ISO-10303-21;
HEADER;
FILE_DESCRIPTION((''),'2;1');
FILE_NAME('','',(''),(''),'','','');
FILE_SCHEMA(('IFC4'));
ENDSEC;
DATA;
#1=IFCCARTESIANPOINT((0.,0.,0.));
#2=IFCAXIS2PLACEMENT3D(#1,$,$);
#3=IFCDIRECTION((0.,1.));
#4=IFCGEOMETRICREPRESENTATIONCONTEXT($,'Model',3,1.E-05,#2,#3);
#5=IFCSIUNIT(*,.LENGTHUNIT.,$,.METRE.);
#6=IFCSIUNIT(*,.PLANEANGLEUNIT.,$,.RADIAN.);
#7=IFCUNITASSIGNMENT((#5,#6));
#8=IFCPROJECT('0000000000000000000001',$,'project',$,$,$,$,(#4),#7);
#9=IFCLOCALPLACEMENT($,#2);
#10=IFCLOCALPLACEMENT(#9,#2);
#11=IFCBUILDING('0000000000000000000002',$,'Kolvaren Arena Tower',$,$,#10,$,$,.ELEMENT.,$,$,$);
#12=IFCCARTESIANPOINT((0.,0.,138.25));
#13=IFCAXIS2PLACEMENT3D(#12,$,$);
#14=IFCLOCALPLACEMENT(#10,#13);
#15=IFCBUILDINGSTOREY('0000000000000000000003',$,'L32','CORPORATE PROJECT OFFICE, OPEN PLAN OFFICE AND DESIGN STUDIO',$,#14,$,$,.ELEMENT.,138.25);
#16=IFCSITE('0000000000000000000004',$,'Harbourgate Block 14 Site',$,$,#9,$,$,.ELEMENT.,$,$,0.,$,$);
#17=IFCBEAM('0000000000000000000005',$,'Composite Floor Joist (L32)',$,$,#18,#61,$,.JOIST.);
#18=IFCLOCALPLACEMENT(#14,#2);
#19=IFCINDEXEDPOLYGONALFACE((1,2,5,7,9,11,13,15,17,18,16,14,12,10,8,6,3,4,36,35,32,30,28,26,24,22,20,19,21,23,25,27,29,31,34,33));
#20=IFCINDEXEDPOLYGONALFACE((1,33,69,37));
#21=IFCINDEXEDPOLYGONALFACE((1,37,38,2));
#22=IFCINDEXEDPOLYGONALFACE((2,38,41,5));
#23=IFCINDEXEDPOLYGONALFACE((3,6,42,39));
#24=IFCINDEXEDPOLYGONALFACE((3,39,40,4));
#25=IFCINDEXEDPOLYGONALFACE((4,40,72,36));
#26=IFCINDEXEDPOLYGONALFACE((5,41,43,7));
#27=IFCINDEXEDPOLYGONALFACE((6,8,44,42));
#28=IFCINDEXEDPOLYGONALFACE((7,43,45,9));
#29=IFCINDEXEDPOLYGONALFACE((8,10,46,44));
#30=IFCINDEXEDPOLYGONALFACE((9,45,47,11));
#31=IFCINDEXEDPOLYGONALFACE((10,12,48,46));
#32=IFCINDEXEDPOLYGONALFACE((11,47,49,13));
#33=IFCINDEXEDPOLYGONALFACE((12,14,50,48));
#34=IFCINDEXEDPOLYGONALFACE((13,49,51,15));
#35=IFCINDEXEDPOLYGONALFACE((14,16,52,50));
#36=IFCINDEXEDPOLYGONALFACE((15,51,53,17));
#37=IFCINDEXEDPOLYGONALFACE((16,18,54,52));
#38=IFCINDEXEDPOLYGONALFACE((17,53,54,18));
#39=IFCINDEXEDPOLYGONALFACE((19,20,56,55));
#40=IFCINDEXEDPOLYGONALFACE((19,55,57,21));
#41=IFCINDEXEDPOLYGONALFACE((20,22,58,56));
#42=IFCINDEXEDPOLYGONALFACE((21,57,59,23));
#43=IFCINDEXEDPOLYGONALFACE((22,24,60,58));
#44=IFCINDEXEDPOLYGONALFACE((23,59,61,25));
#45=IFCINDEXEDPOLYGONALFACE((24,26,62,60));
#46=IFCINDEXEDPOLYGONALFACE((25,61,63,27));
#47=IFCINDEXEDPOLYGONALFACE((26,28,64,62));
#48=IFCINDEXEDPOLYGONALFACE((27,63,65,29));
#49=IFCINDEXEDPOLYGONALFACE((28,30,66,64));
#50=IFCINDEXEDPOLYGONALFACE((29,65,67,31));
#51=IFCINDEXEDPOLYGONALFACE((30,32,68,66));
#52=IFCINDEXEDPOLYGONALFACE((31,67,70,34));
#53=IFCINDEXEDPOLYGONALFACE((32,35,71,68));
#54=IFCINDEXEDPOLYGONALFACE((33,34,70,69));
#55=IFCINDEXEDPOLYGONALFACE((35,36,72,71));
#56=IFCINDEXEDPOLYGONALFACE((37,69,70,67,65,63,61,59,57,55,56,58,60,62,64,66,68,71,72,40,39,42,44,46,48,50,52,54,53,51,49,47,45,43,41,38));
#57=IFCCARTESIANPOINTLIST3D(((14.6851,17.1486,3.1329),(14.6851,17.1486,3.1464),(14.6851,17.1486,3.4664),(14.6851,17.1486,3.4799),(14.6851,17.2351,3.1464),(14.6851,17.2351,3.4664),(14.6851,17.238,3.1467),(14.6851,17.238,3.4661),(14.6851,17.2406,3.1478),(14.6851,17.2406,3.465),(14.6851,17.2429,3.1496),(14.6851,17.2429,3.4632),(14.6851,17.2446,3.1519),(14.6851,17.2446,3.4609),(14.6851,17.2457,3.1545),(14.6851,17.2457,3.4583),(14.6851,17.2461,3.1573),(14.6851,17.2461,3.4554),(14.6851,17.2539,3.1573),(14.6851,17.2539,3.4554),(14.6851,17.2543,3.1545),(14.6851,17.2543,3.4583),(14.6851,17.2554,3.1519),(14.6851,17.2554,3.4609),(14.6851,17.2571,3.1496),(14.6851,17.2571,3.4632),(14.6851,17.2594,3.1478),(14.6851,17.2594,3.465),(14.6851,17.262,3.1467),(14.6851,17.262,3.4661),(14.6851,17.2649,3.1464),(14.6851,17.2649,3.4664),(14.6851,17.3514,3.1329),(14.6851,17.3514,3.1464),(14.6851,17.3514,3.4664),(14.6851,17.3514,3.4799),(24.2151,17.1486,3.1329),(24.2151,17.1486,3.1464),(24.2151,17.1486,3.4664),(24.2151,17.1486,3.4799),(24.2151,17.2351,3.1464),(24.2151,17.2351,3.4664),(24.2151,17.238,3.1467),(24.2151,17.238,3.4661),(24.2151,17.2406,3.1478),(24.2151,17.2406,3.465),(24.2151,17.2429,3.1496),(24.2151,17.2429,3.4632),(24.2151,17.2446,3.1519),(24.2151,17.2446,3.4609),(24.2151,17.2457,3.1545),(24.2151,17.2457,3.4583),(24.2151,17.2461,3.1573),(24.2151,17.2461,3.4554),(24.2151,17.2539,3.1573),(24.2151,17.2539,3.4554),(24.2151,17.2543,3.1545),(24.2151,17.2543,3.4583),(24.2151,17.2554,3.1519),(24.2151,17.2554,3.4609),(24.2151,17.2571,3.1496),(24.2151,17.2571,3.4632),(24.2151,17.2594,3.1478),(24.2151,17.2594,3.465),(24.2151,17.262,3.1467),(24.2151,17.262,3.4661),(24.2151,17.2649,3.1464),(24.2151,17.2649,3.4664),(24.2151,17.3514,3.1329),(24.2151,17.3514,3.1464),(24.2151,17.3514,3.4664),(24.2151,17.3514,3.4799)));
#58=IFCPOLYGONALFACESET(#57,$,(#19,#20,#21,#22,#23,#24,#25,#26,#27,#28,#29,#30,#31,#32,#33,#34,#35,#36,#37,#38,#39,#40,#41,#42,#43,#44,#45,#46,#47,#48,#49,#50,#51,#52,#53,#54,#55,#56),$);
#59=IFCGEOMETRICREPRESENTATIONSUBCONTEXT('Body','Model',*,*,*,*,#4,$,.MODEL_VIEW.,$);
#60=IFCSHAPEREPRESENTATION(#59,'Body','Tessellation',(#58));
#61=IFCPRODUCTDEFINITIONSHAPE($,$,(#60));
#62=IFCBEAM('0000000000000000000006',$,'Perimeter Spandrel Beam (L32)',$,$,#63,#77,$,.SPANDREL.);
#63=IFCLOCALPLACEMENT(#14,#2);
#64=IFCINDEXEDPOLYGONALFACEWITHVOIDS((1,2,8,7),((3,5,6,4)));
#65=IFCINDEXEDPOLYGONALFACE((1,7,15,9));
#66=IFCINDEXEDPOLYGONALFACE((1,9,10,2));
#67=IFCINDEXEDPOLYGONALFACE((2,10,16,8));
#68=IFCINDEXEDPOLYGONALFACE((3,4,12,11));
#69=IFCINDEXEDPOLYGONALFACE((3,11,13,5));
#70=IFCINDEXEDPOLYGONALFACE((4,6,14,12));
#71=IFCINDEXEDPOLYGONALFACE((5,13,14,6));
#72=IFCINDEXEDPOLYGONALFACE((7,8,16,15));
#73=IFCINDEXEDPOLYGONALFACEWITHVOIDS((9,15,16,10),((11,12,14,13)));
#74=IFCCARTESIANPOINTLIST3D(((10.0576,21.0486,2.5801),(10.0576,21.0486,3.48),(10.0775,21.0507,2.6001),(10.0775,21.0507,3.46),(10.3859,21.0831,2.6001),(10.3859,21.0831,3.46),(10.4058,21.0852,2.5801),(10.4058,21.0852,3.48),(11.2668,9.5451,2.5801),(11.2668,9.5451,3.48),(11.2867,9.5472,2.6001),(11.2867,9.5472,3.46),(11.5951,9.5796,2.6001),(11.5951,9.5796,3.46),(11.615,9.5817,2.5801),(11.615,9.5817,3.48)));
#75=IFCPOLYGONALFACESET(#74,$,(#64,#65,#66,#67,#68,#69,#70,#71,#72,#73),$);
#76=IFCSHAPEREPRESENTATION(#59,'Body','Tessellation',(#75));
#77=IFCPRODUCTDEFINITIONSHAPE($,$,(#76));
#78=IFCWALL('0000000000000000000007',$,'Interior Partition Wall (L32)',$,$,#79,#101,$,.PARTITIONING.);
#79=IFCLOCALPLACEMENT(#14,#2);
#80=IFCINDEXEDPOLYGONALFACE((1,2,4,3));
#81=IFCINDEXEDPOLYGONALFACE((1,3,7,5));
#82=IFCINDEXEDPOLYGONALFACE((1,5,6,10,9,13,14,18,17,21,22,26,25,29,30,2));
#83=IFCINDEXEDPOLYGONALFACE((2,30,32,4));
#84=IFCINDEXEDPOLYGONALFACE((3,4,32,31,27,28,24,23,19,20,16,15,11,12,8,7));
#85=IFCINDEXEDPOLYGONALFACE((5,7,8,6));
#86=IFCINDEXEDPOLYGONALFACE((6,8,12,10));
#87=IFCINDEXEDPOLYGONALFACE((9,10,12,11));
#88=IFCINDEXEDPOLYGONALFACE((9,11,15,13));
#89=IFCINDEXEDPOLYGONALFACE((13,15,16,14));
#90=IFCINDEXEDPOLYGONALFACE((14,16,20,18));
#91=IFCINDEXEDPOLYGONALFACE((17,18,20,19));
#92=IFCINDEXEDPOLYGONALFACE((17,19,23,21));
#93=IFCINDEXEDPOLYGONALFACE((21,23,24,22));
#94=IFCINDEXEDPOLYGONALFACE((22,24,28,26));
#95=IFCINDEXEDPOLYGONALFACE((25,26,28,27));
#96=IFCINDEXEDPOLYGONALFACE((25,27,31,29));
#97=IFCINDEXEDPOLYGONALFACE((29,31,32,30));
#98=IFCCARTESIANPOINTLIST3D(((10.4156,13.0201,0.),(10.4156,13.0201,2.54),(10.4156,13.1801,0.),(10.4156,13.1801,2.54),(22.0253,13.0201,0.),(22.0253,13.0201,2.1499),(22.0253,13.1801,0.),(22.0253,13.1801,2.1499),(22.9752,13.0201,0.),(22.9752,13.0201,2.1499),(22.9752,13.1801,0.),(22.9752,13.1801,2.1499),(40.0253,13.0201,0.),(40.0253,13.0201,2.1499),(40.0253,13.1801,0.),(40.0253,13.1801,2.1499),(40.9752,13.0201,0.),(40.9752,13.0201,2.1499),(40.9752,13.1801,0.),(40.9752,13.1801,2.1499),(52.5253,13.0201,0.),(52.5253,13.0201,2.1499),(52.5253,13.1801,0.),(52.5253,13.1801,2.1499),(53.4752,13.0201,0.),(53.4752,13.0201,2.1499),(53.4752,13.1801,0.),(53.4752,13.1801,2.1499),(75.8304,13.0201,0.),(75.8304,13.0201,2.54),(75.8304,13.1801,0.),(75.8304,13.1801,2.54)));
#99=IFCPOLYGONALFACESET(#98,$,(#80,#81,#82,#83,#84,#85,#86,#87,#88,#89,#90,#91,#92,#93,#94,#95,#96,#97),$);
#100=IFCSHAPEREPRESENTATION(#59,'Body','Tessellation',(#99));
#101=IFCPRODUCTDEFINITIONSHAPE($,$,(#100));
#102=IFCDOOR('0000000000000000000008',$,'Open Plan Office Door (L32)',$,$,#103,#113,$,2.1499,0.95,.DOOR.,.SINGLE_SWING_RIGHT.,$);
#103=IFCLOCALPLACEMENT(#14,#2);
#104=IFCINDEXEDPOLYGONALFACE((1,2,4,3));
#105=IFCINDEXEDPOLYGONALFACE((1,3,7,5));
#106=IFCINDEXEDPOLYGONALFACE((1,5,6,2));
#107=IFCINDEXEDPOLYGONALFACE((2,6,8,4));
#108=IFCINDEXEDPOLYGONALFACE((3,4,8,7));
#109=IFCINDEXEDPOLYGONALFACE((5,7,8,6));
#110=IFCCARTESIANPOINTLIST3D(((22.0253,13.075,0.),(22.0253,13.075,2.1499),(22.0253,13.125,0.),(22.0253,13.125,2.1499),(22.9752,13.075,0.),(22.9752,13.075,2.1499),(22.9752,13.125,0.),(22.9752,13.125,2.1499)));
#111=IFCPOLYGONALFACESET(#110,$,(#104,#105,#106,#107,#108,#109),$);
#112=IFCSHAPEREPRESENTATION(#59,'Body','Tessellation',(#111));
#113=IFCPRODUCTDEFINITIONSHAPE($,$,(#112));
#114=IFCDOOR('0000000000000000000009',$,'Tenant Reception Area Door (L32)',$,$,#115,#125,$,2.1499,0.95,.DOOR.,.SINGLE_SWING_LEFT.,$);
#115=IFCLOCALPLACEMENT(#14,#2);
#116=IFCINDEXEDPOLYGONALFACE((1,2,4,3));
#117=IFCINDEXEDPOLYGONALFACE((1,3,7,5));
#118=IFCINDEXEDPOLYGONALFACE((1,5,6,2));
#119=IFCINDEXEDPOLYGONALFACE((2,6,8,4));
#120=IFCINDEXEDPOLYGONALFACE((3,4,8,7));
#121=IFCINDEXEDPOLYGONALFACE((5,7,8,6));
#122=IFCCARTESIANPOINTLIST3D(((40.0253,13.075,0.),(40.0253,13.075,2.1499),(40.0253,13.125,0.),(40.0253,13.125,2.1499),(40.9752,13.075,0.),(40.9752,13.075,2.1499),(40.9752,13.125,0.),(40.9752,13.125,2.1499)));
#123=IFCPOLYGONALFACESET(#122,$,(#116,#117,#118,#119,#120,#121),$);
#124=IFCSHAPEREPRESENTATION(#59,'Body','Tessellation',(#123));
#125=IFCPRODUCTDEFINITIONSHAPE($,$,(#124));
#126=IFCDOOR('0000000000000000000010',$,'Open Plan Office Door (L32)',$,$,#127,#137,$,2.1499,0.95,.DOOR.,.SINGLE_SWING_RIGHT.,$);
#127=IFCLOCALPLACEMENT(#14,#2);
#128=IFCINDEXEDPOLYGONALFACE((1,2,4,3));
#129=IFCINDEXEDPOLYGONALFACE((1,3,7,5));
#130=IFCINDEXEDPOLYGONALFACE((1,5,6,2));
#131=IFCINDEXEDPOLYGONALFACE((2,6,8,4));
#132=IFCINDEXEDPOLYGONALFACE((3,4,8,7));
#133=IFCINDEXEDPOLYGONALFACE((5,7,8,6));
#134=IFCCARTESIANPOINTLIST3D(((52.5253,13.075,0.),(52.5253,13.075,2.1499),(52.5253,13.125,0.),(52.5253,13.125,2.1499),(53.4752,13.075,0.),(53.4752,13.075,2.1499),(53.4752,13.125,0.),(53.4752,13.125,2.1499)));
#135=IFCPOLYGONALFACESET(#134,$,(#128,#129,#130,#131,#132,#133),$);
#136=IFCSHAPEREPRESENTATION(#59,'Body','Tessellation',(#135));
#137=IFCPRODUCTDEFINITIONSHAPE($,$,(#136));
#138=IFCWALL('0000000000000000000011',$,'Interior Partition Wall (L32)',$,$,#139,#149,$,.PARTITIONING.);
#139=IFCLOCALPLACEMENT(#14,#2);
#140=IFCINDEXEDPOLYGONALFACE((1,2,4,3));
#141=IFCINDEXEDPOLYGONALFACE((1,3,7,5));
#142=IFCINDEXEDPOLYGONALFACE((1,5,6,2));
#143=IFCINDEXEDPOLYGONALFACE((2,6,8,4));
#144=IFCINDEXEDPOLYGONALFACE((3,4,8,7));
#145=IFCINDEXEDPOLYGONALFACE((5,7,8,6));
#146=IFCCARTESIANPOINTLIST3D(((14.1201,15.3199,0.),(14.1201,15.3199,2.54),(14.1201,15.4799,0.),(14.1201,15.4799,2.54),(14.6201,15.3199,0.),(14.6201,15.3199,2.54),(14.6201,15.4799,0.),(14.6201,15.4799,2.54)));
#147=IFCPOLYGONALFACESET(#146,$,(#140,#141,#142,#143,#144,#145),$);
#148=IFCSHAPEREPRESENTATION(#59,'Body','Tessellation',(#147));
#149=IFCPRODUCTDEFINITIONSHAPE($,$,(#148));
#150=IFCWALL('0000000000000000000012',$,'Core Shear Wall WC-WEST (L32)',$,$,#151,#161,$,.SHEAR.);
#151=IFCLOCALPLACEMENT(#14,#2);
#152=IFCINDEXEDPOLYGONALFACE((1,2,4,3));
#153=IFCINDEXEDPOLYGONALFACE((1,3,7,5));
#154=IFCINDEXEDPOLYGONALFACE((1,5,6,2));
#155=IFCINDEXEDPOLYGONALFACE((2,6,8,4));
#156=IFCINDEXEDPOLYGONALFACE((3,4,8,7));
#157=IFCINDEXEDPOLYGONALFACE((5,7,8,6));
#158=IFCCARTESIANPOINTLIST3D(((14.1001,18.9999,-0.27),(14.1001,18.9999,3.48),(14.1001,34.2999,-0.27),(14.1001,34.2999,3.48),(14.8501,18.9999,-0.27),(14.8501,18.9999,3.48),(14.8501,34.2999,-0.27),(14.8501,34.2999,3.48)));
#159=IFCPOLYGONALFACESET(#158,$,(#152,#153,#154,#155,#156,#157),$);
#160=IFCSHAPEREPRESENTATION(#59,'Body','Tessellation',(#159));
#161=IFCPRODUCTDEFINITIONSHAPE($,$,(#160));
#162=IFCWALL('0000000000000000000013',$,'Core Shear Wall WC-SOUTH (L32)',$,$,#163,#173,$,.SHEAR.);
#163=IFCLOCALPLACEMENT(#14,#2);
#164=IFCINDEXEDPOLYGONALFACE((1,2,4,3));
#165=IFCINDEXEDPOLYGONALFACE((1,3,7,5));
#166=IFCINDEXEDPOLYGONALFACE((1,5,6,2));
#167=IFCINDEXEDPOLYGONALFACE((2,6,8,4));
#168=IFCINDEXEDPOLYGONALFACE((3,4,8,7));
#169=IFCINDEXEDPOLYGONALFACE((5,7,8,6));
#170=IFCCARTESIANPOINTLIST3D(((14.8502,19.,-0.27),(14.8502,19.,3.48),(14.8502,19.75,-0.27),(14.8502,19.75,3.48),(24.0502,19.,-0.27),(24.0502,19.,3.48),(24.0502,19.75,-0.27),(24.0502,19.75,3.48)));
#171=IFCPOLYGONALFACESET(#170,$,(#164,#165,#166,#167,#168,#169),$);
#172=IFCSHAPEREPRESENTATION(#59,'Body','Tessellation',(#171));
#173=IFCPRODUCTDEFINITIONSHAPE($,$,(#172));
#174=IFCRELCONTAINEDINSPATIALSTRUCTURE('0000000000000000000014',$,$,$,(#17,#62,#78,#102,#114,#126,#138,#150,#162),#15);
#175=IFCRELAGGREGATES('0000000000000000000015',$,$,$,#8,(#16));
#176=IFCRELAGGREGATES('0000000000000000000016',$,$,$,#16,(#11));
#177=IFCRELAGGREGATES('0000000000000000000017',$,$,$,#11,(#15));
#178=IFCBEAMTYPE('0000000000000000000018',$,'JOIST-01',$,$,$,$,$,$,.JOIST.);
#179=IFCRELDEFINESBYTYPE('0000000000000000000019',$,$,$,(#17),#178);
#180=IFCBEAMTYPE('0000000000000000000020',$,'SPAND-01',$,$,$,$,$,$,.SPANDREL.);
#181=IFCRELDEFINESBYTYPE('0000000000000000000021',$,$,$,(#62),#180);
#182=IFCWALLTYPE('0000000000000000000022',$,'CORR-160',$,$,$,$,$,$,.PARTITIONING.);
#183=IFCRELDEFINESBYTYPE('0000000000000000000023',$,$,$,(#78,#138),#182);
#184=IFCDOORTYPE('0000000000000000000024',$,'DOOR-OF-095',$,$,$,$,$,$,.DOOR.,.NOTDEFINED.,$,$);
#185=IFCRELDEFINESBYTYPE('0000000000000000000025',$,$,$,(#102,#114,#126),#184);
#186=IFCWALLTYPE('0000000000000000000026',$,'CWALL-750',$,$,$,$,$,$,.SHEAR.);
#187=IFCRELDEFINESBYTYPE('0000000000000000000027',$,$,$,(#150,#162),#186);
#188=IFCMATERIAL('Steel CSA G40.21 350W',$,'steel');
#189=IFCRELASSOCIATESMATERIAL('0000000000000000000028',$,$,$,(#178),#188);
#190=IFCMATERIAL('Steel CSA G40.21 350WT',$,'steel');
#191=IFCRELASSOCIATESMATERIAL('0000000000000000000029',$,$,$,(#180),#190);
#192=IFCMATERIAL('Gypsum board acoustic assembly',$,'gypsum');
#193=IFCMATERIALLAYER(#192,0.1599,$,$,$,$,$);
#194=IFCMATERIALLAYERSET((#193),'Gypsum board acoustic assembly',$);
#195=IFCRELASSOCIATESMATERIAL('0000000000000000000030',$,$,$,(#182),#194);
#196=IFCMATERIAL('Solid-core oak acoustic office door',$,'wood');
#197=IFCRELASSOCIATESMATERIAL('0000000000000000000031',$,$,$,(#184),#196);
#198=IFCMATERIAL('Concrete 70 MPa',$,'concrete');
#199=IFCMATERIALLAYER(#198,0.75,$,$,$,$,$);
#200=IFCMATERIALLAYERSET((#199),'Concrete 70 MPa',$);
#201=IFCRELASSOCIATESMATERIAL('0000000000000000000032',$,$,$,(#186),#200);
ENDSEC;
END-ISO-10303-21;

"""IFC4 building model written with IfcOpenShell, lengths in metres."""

from ifc_helpers import new_model, si_unit, direction, frame, frame_2d, origin, origin_2d, place, context, subcontext, project, spatial, rectangle, hollow_rectangle, i_section, extrude, material, layer, layer_set, material_profile, profile_set, type_object, element, fill, save


model = new_model("IFC4")

# Units and contexts
model_context = context("Model", 3, precision=1e-05, world=origin(), true_north=direction((0.0, 1.0)))
body_context = subcontext(model_context, "Body", "Model", "MODEL_VIEW")
ifc_project = project(units=[si_unit("LENGTHUNIT", "METRE"), si_unit("PLANEANGLEUNIT", "RADIAN")], contexts=[model_context])

# Site, building, storey
site_placement = place(None, origin())
site = spatial("IfcSite", under=ifc_project, at=site_placement, Name="Harbourgate Block 14 Site", CompositionType="ELEMENT", RefElevation=0.0)
building_placement = place(site_placement, origin())
building = spatial("IfcBuilding", under=site, at=building_placement, Name="Kolvaren Arena Tower", CompositionType="ELEMENT")
storey_placement = place(building_placement, frame((0.0, 0.0, 138.25)))
storey = spatial("IfcBuildingStorey", under=building, at=storey_placement, Name="L32", Description="CORPORATE PROJECT OFFICE, OPEN PLAN OFFICE AND DESIGN STUDIO", CompositionType="ELEMENT", Elevation=138.25)

# Beams
ifc_material_1 = material(Name="Steel CSA G40.21 350W", Category="steel")
ifc_material_profile_1 = material_profile(ifc_material_1, i_section(OverallWidth=0.2029, OverallDepth=0.3469, WebThickness=0.0078, FlangeThickness=0.0134, FilletRadius=0.011, at=origin_2d()), Name="W360x64")
ifc_profile_set_1 = profile_set([ifc_material_profile_1], Name="Steel CSA G40.21 350W")
beam_type_1 = type_object("IfcBeamType", Name="JOIST-01", PredefinedType="JOIST", material=ifc_profile_set_1)
beam_1_placement = place(storey_placement, frame((14.6851, 17.25, 3.3064), z_axis=(1.0, 0.0, 0.0), x_axis=(0.0, 1.0, 0.0)))
element("IfcBeam", 1, at=beam_1_placement, inside=storey, type_object=beam_type_1, Name="Composite Floor Joist (L32)", PredefinedType="JOIST", context=body_context, shape_type="SweptSolid", body=[
    extrude(i_section(OverallWidth=0.2029, OverallDepth=0.3469, WebThickness=0.0078, FlangeThickness=0.0134, FilletRadius=0.011, at=origin_2d()), origin(), (0.0, 0.0, 1.0), 9.53),
])
ifc_material_2 = material(Name="Steel CSA G40.21 350WT", Category="steel")
ifc_material_profile_2 = material_profile(ifc_material_2, hollow_rectangle(XDim=0.3501, YDim=0.8999, WallThickness=0.02, at=origin_2d()), Name="HSS 900x350x20")
ifc_profile_set_2 = profile_set([ifc_material_profile_2], Name="Steel CSA G40.21 350WT")
beam_type_2 = type_object("IfcBeamType", Name="SPAND-01", PredefinedType="SPANDREL", material=ifc_profile_set_2)
beam_2_placement = place(storey_placement, frame((10.2317, 21.0669, 3.03), z_axis=(0.104543, -0.99452, 0.0), x_axis=(0.99452, 0.104543, 0.0)))
element("IfcBeam", 2, at=beam_2_placement, inside=storey, type_object=beam_type_2, Name="Perimeter Spandrel Beam (L32)", PredefinedType="SPANDREL", context=body_context, shape_type="SweptSolid", body=[
    extrude(hollow_rectangle(XDim=0.3501, YDim=0.8999, WallThickness=0.02, at=origin_2d()), origin(), (0.0, 0.0, 1.0), 11.5669),
])

# Wall, openings, doors
ifc_material_3 = material(Name="Gypsum board acoustic assembly", Category="gypsum")
ifc_layer_1 = layer(ifc_material_3, 0.1599)
ifc_layer_set_1 = layer_set([ifc_layer_1], Name="Gypsum board acoustic assembly")
wall_type_1 = type_object("IfcWallType", Name="CORR-160", PredefinedType="PARTITIONING", material=ifc_layer_set_1)
wall_1_placement = place(storey_placement, frame((10.4155, 13.1001, 0.0), z_axis=(0.0, 0.0, 1.0), x_axis=(1.0, 0.0, 0.0)))
wall_1 = element("IfcWall", 3, at=wall_1_placement, inside=storey, type_object=wall_type_1, Name="Interior Partition Wall (L32)", PredefinedType="PARTITIONING", context=body_context, shape_type="SweptSolid", body=[
    extrude(rectangle(XDim=65.4148, YDim=0.1599, at=frame_2d((32.7075, 0.0))), origin(), (0.0, 0.0, 1.0), 2.54),
])
opening_1_placement = place(wall_1_placement, frame((11.6096, 0.0, 0.0)))
opening_1 = element("IfcOpeningElement", 4, at=opening_1_placement, cuts=wall_1, PredefinedType="OPENING", context=body_context, shape_type="SweptSolid", body=[
    extrude(rectangle(XDim=0.95, YDim=2.1499, at=frame_2d((0.4751, 1.075))), frame((0.0, 0.0898, 0.0), z_axis=(0.0, -1.0, 0.0), x_axis=(1.0, 0.0, 0.0)), (0.0, 0.0, 1.0), 0.1799),
])
opening_2_placement = place(wall_1_placement, frame((29.6096, 0.0, 0.0)))
opening_2 = element("IfcOpeningElement", 5, at=opening_2_placement, cuts=wall_1, PredefinedType="OPENING", context=body_context, shape_type="SweptSolid", body=[
    extrude(rectangle(XDim=0.95, YDim=2.1499, at=frame_2d((0.4751, 1.075))), frame((0.0, 0.0898, 0.0), z_axis=(0.0, -1.0, 0.0), x_axis=(1.0, 0.0, 0.0)), (0.0, 0.0, 1.0), 0.1799),
])
opening_3_placement = place(wall_1_placement, frame((42.1096, 0.0, 0.0)))
opening_3 = element("IfcOpeningElement", 6, at=opening_3_placement, cuts=wall_1, PredefinedType="OPENING", context=body_context, shape_type="SweptSolid", body=[
    extrude(rectangle(XDim=0.95, YDim=2.1499, at=frame_2d((0.4751, 1.075))), frame((0.0, 0.0898, 0.0), z_axis=(0.0, -1.0, 0.0), x_axis=(1.0, 0.0, 0.0)), (0.0, 0.0, 1.0), 0.1799),
])
ifc_material_4 = material(Name="Solid-core oak acoustic office door", Category="wood")
door_type_1 = type_object("IfcDoorType", Name="DOOR-OF-095", OperationType="NOTDEFINED", PredefinedType="DOOR", material=ifc_material_4)
door_1_placement = place(opening_1_placement, origin())
door_1 = element("IfcDoor", 7, at=door_1_placement, inside=storey, type_object=door_type_1, Name="Open Plan Office Door (L32)", OperationType="SINGLE_SWING_RIGHT", OverallHeight=2.1499, OverallWidth=0.95, PredefinedType="DOOR", context=body_context, shape_type="SweptSolid", body=[
    extrude(rectangle(XDim=0.95, YDim=2.1499, at=frame_2d((0.4751, 1.075))), frame((0.0, 0.0249, 0.0), z_axis=(0.0, -1.0, 0.0), x_axis=(1.0, 0.0, 0.0)), (0.0, 0.0, 1.0), 0.05),
])
fill(opening_1, door_1)
door_2_placement = place(opening_2_placement, origin())
door_2 = element("IfcDoor", 8, at=door_2_placement, inside=storey, type_object=door_type_1, Name="Tenant Reception Area Door (L32)", OperationType="SINGLE_SWING_LEFT", OverallHeight=2.1499, OverallWidth=0.95, PredefinedType="DOOR", context=body_context, shape_type="SweptSolid", body=[
    extrude(rectangle(XDim=0.95, YDim=2.1499, at=frame_2d((0.4751, 1.075))), frame((0.0, 0.0249, 0.0), z_axis=(0.0, -1.0, 0.0), x_axis=(1.0, 0.0, 0.0)), (0.0, 0.0, 1.0), 0.05),
])
fill(opening_2, door_2)
door_3_placement = place(opening_3_placement, origin())
door_3 = element("IfcDoor", 9, at=door_3_placement, inside=storey, type_object=door_type_1, Name="Open Plan Office Door (L32)", OperationType="SINGLE_SWING_RIGHT", OverallHeight=2.1499, OverallWidth=0.95, PredefinedType="DOOR", context=body_context, shape_type="SweptSolid", body=[
    extrude(rectangle(XDim=0.95, YDim=2.1499, at=frame_2d((0.4751, 1.075))), frame((0.0, 0.0249, 0.0), z_axis=(0.0, -1.0, 0.0), x_axis=(1.0, 0.0, 0.0)), (0.0, 0.0, 1.0), 0.05),
])
fill(opening_3, door_3)

# Walls
wall_2_placement = place(storey_placement, frame((14.1201, 15.3999, 0.0), z_axis=(0.0, 0.0, 1.0), x_axis=(1.0, 0.0, 0.0)))
element("IfcWall", 10, at=wall_2_placement, inside=storey, type_object=wall_type_1, Name="Interior Partition Wall (L32)", PredefinedType="PARTITIONING", context=body_context, shape_type="SweptSolid", body=[
    extrude(rectangle(XDim=0.5, YDim=0.1599, at=frame_2d((0.25, 0.0))), origin(), (0.0, 0.0, 1.0), 2.54),
])
ifc_material_5 = material(Name="Concrete 70 MPa", Category="concrete")
ifc_layer_2 = layer(ifc_material_5, 0.75)
ifc_layer_set_2 = layer_set([ifc_layer_2], Name="Concrete 70 MPa")
wall_type_2 = type_object("IfcWallType", Name="CWALL-750", PredefinedType="SHEAR", material=ifc_layer_set_2)
wall_3_placement = place(storey_placement, frame((14.4751, 19.0, -0.27), z_axis=(0.0, 0.0, 1.0), x_axis=(0.0, 1.0, 0.0)))
element("IfcWall", 11, at=wall_3_placement, inside=storey, type_object=wall_type_2, Name="Core Shear Wall WC-WEST (L32)", PredefinedType="SHEAR", context=body_context, shape_type="SweptSolid", body=[
    extrude(rectangle(XDim=15.3, YDim=0.75, at=frame_2d((7.6499, 0.0))), origin(), (0.0, 0.0, 1.0), 3.75),
])
wall_4_placement = place(storey_placement, frame((14.8501, 19.375, -0.27), z_axis=(0.0, 0.0, 1.0), x_axis=(1.0, 0.0, 0.0)))
element("IfcWall", 12, at=wall_4_placement, inside=storey, type_object=wall_type_2, Name="Core Shear Wall WC-SOUTH (L32)", PredefinedType="SHEAR", context=body_context, shape_type="SweptSolid", body=[
    extrude(rectangle(XDim=9.2, YDim=0.75, at=frame_2d((4.6001, 0.0))), origin(), (0.0, 0.0, 1.0), 3.75),
])

save(model, "model.ifc")
